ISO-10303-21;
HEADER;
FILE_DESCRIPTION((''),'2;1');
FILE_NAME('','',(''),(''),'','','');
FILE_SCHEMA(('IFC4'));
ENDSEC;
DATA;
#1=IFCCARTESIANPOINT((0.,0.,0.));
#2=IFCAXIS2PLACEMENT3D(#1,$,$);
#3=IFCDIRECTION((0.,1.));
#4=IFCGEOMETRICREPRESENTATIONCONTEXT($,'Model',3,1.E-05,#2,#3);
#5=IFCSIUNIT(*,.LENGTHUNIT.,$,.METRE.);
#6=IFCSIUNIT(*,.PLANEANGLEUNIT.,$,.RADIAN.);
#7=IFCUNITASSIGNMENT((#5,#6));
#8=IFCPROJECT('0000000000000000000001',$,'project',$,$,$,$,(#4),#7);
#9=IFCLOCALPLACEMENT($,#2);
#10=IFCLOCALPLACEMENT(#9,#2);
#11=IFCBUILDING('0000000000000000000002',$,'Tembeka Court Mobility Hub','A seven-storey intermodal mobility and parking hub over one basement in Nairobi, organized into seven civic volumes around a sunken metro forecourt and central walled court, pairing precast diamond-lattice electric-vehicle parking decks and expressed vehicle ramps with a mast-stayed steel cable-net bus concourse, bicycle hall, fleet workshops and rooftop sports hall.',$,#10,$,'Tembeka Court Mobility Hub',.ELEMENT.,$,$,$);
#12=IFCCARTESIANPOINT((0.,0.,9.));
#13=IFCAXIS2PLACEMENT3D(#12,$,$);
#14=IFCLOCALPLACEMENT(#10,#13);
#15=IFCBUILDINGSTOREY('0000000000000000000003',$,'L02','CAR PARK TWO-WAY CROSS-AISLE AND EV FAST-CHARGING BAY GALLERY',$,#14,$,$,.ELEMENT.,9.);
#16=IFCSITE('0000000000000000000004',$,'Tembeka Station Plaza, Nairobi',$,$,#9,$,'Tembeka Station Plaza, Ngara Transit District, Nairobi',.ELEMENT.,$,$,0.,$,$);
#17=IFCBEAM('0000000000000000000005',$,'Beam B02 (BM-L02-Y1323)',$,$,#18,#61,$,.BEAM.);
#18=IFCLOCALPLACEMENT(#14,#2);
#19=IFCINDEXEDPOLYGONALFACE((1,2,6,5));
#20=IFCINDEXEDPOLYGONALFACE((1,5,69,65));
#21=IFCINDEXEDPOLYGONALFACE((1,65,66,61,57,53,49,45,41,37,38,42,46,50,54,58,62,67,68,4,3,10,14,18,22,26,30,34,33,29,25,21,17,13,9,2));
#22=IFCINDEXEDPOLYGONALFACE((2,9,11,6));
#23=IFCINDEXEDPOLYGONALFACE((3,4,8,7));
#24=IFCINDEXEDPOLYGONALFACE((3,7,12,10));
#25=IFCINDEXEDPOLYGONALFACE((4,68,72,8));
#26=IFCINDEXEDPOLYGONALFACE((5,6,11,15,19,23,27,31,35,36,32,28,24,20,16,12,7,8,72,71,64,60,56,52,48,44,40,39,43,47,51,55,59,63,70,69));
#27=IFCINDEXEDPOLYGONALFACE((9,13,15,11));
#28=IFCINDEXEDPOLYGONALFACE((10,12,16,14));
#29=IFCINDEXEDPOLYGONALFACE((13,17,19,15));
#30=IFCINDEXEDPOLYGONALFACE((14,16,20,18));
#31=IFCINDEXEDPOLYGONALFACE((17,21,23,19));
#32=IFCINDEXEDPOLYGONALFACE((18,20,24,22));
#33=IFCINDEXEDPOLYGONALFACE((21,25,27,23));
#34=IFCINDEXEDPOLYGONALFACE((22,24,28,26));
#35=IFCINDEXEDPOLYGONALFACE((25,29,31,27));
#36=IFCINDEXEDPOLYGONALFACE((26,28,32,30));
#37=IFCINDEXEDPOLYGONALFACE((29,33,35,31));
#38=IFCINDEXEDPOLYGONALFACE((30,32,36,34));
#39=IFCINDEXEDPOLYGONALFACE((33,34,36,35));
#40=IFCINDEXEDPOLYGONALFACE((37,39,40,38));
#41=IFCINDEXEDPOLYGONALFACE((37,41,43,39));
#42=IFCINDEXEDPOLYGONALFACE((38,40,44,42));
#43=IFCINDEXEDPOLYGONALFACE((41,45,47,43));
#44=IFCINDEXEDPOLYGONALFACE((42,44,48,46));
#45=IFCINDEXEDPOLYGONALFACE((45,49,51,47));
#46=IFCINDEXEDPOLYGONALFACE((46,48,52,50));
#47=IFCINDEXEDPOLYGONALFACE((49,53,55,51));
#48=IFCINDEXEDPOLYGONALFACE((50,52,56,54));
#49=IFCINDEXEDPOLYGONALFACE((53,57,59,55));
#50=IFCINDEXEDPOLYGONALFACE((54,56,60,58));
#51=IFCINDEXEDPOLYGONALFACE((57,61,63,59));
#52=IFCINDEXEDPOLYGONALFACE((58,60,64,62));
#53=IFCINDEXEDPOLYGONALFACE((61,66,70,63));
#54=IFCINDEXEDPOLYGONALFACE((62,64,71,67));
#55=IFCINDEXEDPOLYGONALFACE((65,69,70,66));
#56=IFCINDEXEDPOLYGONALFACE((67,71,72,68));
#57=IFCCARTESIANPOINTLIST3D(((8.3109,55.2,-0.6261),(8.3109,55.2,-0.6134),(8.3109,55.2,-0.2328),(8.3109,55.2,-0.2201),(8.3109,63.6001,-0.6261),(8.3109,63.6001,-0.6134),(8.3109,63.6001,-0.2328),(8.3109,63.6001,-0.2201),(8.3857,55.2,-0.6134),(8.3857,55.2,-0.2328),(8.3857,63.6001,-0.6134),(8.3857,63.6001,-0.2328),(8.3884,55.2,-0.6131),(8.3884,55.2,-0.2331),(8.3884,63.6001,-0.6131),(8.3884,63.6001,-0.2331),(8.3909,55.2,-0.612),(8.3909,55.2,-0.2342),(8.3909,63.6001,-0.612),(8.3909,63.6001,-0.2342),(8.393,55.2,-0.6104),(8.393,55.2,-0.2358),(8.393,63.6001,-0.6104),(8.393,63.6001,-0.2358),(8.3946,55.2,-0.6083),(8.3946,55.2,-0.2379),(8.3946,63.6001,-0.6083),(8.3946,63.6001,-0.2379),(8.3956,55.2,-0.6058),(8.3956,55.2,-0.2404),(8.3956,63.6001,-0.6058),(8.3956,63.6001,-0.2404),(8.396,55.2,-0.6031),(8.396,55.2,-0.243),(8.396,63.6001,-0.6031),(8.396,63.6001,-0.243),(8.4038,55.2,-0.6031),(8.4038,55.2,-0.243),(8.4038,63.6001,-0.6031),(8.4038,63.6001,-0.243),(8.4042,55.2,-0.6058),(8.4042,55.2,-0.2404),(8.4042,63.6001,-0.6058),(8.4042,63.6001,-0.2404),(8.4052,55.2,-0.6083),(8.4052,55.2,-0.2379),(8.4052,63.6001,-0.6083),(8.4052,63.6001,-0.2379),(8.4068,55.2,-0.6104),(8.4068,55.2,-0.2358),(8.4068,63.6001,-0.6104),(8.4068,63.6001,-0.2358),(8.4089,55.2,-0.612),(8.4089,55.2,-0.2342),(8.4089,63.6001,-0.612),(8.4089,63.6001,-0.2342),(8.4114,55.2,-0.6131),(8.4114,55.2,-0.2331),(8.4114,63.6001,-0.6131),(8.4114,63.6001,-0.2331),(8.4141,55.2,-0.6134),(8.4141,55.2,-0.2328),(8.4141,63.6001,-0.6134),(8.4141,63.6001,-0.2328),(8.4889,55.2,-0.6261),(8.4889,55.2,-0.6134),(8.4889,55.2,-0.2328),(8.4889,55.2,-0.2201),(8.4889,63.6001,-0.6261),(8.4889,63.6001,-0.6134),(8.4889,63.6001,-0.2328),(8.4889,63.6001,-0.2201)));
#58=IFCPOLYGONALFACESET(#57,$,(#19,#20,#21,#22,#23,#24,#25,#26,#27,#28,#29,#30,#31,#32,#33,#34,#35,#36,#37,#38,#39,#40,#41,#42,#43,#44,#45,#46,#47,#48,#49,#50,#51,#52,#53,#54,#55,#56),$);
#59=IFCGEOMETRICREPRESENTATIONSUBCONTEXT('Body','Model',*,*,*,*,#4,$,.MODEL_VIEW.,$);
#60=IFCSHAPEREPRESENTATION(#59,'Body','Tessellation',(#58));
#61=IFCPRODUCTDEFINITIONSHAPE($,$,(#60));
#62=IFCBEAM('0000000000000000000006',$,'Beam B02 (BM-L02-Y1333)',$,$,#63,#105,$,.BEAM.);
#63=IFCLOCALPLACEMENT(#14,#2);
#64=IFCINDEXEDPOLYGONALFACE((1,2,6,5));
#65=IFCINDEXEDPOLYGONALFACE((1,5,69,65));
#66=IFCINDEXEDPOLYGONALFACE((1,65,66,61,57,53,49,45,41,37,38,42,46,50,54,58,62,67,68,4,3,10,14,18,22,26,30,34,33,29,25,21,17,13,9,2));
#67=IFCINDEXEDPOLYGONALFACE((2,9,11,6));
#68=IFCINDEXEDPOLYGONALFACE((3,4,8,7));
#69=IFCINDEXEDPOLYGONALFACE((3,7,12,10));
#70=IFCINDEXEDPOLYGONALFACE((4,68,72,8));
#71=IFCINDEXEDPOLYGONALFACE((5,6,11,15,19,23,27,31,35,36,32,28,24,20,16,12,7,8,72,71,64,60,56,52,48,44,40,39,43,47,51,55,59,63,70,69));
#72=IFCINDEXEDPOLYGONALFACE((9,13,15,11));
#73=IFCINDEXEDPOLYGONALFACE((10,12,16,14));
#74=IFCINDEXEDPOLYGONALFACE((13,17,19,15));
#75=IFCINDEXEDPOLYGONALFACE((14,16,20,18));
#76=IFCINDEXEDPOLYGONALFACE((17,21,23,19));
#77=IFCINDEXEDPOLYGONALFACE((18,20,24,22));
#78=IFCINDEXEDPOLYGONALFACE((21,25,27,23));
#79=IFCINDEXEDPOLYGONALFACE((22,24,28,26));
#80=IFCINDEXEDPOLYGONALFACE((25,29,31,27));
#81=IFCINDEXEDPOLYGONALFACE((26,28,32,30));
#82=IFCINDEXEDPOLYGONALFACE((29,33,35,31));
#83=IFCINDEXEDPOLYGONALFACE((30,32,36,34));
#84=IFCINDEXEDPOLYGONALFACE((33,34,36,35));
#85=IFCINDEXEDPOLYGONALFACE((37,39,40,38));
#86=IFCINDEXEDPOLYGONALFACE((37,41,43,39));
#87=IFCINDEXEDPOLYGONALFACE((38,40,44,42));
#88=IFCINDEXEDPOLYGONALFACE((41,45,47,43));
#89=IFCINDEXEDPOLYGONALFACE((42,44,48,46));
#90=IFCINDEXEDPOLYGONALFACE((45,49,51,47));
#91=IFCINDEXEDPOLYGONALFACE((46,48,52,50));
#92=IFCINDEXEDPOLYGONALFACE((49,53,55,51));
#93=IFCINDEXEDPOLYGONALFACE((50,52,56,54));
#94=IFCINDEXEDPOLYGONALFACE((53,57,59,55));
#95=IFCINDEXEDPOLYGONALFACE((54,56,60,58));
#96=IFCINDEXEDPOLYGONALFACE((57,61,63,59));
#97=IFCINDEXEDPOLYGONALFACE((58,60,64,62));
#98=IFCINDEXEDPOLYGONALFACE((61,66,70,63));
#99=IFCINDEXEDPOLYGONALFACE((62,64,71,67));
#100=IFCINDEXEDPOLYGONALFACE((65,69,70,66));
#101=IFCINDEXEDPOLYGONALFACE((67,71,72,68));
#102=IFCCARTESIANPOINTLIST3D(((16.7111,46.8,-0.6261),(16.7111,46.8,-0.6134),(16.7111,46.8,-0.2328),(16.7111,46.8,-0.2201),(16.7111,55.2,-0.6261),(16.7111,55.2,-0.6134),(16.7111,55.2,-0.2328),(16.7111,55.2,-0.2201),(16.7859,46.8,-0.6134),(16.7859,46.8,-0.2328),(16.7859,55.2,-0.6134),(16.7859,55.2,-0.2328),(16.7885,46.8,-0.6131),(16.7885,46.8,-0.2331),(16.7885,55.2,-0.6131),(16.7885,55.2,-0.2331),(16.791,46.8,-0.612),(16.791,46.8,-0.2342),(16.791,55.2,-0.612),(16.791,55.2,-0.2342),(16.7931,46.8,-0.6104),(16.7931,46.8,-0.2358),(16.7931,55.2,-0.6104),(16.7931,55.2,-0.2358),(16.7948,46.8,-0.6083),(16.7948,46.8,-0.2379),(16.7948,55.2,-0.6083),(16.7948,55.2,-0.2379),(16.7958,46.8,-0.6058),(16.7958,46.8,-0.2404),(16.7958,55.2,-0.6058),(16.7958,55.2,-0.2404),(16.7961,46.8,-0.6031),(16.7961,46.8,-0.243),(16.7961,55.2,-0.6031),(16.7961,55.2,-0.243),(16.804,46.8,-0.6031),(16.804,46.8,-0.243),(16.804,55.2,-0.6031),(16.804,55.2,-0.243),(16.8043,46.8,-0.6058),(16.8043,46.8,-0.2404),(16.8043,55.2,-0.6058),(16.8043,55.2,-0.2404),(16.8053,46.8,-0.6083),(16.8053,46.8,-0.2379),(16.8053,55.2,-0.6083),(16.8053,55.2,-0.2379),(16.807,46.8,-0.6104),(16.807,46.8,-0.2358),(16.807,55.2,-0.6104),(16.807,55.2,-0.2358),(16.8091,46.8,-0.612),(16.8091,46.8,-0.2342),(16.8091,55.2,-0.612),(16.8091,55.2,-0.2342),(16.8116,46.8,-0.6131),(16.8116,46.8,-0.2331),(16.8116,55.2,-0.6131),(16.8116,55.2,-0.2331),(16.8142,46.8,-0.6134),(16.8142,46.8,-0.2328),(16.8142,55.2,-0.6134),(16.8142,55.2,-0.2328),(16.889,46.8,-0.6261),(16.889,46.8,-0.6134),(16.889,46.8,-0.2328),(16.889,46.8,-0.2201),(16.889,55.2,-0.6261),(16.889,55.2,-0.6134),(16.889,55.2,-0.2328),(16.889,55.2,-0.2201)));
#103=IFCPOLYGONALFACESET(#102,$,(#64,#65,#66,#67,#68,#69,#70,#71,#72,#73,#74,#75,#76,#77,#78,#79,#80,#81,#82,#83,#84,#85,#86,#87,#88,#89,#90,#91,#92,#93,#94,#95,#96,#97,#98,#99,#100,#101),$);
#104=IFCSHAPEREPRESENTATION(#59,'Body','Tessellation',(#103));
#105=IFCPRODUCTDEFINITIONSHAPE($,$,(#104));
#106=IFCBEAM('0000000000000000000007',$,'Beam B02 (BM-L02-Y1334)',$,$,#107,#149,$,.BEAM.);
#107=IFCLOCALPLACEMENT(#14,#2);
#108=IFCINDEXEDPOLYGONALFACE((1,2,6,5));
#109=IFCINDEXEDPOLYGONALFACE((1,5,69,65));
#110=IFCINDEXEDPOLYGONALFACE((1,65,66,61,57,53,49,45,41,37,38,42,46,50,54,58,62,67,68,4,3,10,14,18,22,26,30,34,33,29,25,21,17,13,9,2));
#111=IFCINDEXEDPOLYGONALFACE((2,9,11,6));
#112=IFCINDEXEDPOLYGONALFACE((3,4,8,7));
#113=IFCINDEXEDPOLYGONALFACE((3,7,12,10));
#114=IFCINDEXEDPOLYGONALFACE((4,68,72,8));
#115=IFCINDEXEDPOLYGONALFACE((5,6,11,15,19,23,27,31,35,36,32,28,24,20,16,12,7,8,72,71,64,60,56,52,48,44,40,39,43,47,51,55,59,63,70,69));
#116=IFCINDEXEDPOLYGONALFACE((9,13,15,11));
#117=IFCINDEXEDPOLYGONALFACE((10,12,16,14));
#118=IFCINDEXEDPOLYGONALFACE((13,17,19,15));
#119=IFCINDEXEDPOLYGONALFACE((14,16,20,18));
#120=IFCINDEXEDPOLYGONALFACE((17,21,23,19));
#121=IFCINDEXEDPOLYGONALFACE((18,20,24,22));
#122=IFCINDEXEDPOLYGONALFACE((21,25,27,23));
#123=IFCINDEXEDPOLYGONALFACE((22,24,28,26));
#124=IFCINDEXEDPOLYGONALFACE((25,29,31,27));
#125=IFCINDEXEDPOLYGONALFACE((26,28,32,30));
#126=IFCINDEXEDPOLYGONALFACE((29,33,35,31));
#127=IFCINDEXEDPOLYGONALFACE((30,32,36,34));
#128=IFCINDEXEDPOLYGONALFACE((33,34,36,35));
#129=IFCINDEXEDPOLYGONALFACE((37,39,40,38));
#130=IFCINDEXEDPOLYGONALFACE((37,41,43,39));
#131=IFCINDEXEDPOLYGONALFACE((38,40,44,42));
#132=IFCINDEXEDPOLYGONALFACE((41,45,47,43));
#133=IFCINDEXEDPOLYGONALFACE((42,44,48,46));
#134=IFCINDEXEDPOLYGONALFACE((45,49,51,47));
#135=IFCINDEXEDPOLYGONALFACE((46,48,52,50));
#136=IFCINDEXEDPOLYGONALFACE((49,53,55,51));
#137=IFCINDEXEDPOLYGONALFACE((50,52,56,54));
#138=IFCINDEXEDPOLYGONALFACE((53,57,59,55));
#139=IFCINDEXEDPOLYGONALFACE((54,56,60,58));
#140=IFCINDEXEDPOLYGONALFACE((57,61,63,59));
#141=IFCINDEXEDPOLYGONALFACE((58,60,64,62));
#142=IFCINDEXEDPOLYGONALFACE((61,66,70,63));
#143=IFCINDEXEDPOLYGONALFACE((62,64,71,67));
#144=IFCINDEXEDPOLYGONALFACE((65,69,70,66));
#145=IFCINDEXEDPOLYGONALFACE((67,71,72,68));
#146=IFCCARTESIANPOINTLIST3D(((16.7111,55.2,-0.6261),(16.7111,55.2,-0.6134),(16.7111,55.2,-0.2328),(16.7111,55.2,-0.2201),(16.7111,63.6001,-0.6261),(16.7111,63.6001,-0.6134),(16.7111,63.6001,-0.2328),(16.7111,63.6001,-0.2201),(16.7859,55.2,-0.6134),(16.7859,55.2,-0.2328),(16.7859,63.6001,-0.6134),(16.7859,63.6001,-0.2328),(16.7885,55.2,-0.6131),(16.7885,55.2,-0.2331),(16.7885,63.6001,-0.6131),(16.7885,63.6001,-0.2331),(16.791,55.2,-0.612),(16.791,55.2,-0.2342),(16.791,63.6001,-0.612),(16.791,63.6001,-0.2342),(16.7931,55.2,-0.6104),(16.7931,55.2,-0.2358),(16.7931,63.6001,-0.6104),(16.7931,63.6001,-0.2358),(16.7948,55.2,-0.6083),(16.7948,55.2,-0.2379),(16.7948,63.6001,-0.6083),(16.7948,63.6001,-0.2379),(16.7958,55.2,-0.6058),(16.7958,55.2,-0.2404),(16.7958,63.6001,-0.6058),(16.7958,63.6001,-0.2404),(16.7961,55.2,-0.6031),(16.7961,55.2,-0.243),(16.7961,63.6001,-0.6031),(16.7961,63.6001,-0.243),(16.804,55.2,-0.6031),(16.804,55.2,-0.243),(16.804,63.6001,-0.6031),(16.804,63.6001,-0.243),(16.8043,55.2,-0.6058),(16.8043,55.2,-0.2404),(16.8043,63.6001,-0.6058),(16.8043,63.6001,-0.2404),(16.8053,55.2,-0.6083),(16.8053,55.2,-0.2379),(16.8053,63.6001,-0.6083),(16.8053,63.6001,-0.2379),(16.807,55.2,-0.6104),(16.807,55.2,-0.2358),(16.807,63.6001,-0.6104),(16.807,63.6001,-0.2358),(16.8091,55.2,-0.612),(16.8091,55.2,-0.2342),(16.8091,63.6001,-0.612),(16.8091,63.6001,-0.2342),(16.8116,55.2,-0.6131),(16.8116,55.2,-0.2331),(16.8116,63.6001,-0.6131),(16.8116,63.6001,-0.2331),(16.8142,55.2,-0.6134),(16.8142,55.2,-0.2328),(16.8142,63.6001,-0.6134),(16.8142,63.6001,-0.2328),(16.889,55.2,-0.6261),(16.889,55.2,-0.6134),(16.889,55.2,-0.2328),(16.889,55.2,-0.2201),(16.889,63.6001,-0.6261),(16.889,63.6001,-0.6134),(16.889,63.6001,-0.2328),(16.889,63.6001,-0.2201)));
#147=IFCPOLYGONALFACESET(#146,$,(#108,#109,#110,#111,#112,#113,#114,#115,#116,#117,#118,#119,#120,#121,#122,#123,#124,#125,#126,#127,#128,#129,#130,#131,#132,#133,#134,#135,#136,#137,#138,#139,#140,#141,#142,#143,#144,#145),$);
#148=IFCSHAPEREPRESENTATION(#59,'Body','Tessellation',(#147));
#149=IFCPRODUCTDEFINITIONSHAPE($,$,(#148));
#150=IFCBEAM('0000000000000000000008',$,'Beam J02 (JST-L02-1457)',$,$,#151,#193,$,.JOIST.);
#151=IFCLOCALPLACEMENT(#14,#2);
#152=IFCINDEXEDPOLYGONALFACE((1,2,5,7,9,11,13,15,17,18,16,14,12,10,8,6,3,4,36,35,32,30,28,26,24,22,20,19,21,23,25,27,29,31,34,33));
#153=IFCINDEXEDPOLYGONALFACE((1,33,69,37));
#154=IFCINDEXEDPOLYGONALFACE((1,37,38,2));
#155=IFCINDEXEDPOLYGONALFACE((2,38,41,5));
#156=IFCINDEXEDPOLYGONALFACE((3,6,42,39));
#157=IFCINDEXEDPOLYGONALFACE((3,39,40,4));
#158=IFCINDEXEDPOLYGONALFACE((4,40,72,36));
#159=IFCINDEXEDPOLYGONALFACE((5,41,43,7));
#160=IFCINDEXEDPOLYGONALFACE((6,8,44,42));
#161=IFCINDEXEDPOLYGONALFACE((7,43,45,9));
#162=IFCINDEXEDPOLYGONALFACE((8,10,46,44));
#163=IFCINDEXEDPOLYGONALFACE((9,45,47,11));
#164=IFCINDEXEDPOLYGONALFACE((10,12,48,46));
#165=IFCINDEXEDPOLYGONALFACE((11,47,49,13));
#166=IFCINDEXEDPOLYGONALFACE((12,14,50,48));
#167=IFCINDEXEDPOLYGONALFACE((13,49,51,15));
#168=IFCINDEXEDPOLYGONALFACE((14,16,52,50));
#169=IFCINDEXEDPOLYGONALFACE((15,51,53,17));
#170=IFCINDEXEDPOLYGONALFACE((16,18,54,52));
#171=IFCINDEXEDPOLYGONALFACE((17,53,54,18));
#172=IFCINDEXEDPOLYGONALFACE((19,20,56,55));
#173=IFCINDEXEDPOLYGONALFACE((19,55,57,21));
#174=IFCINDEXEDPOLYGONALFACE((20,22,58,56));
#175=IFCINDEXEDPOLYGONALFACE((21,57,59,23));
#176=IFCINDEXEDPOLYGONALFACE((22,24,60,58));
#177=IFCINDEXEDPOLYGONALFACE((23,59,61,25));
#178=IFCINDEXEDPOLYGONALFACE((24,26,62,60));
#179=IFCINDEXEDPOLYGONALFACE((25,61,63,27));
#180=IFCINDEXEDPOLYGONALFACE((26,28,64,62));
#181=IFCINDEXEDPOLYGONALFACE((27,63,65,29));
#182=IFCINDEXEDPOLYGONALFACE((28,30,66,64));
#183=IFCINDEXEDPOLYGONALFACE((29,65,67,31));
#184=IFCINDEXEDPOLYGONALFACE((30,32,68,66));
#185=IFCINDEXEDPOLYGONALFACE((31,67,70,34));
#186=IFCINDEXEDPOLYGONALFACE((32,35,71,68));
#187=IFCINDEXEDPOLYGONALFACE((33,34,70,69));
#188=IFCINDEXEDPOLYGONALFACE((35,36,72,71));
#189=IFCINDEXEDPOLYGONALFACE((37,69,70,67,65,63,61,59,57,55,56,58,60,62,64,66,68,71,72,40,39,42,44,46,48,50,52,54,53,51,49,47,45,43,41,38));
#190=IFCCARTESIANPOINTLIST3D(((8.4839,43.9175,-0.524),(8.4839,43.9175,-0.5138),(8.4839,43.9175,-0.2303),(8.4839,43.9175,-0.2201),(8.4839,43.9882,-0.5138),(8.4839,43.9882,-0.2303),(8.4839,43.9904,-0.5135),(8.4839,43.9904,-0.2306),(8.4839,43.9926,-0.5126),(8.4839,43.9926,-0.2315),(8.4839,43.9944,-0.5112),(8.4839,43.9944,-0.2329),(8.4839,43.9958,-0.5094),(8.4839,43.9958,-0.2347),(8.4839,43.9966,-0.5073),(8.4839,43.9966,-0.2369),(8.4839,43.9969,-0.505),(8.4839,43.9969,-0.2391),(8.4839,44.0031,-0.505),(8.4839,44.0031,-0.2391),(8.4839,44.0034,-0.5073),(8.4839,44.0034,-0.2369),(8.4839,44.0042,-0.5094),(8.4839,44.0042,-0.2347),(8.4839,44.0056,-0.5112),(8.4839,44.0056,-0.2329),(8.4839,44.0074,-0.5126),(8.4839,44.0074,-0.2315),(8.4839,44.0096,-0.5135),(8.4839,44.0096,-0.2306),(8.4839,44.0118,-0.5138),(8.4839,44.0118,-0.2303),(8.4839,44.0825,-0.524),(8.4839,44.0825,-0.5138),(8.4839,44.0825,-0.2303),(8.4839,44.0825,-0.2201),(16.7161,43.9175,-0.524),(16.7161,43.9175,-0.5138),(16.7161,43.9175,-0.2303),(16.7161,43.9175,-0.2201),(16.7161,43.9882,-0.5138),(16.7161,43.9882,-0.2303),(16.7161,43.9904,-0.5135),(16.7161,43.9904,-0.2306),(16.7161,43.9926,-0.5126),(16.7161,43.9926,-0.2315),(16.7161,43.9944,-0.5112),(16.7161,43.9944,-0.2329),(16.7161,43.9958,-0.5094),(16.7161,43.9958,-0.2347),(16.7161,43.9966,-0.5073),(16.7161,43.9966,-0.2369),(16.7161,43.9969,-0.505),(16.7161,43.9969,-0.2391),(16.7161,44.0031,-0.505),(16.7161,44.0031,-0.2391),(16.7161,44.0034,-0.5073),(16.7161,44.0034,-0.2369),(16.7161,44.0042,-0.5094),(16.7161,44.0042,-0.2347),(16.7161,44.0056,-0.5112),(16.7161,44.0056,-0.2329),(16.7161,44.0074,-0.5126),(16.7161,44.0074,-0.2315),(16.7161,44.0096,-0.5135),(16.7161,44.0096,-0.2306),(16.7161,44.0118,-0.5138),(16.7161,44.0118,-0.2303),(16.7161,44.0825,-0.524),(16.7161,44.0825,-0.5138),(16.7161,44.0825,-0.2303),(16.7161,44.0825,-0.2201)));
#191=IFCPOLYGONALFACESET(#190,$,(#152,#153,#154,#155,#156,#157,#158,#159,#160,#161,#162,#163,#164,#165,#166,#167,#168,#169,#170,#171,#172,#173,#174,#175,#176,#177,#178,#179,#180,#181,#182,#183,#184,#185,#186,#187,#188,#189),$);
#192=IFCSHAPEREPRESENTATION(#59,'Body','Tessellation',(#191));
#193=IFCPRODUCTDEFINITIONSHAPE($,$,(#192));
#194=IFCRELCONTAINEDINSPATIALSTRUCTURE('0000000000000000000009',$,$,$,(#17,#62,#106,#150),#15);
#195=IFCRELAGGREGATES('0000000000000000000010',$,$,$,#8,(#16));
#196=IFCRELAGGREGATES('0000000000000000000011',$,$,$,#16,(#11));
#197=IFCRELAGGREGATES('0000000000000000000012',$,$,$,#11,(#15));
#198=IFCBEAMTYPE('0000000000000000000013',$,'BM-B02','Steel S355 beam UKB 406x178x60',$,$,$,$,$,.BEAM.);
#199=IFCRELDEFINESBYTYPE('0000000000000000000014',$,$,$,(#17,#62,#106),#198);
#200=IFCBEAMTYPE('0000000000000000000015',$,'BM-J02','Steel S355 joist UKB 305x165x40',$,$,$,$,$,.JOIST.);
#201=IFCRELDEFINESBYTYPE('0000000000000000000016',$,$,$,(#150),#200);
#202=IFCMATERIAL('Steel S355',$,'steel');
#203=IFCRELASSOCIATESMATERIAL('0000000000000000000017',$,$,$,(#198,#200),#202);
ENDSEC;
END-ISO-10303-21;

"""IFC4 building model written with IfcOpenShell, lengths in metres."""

from ifc_helpers import new_model, si_unit, direction, frame, origin, origin_2d, place, context, subcontext, project, spatial, i_section, extrude, material, material_profile, profile_set, type_object, element, save


model = new_model("IFC4")

# Units and contexts
model_context = context("Model", 3, precision=1e-05, world=origin(), true_north=direction((0.0, 1.0)))
body_context = subcontext(model_context, "Body", "Model", "MODEL_VIEW")
ifc_project = project(units=[si_unit("LENGTHUNIT", "METRE"), si_unit("PLANEANGLEUNIT", "RADIAN")], contexts=[model_context])

# Site, building, storey
site_placement = place(None, origin())
site = spatial("IfcSite", under=ifc_project, at=site_placement, Name="Tembeka Station Plaza, Nairobi", LongName="Tembeka Station Plaza, Ngara Transit District, Nairobi", CompositionType="ELEMENT", RefElevation=0.0)
building_placement = place(site_placement, origin())
building = spatial("IfcBuilding", under=site, at=building_placement, Name="Tembeka Court Mobility Hub", Description="A seven-storey intermodal mobility and parking hub over one basement in Nairobi, organized into seven civic volumes around a sunken metro forecourt and central walled court, pairing precast diamond-lattice electric-vehicle parking decks and expressed vehicle ramps with a mast-stayed steel cable-net bus concourse, bicycle hall, fleet workshops and rooftop sports hall.", LongName="Tembeka Court Mobility Hub", CompositionType="ELEMENT")
storey_placement = place(building_placement, frame((0.0, 0.0, 9.0)))
storey = spatial("IfcBuildingStorey", under=building, at=storey_placement, Name="L02", Description="CAR PARK TWO-WAY CROSS-AISLE AND EV FAST-CHARGING BAY GALLERY", CompositionType="ELEMENT", Elevation=9.0)

# Shared definitions
ifc_material_1 = material(Name="Steel S355", Category="steel")

# Beams
ifc_material_profile_1 = material_profile(ifc_material_1, i_section(OverallWidth=0.178, OverallDepth=0.406, WebThickness=0.0078, FlangeThickness=0.0127, FilletRadius=0.0103, at=origin_2d()), Name="UKB 406x178x60")
ifc_profile_set_1 = profile_set([ifc_material_profile_1], Name="Steel S355")
beam_type_1 = type_object("IfcBeamType", Name="BM-B02", Description="Steel S355 beam UKB 406x178x60", PredefinedType="BEAM", material=ifc_profile_set_1)
beam_1_placement = place(storey_placement, frame((8.3999, 55.2, -0.4231), z_axis=(0.0, 1.0, 0.0), x_axis=(-1.0, 0.0, 0.0)))
element("IfcBeam", 1, at=beam_1_placement, inside=storey, type_object=beam_type_1, Name="Beam B02 (BM-L02-Y1323)", PredefinedType="BEAM", context=body_context, shape_type="SweptSolid", body=[
    extrude(i_section(OverallWidth=0.178, OverallDepth=0.406, WebThickness=0.0078, FlangeThickness=0.0127, FilletRadius=0.0103, at=origin_2d()), origin(), (0.0, 0.0, 1.0), 8.4001),
])
beam_2_placement = place(storey_placement, frame((16.8, 46.8, -0.4231), z_axis=(0.0, 1.0, 0.0), x_axis=(-1.0, 0.0, 0.0)))
element("IfcBeam", 2, at=beam_2_placement, inside=storey, type_object=beam_type_1, Name="Beam B02 (BM-L02-Y1333)", PredefinedType="BEAM", context=body_context, shape_type="SweptSolid", body=[
    extrude(i_section(OverallWidth=0.178, OverallDepth=0.406, WebThickness=0.0078, FlangeThickness=0.0127, FilletRadius=0.0103, at=origin_2d()), origin(), (0.0, 0.0, 1.0), 8.3999),
])
beam_3_placement = place(storey_placement, frame((16.8, 55.2, -0.4231), z_axis=(0.0, 1.0, 0.0), x_axis=(-1.0, 0.0, 0.0)))
element("IfcBeam", 3, at=beam_3_placement, inside=storey, type_object=beam_type_1, Name="Beam B02 (BM-L02-Y1334)", PredefinedType="BEAM", context=body_context, shape_type="SweptSolid", body=[
    extrude(i_section(OverallWidth=0.178, OverallDepth=0.406, WebThickness=0.0078, FlangeThickness=0.0127, FilletRadius=0.0103, at=origin_2d()), origin(), (0.0, 0.0, 1.0), 8.4001),
])
ifc_material_profile_2 = material_profile(ifc_material_1, i_section(OverallWidth=0.165, OverallDepth=0.304, WebThickness=0.0061, FlangeThickness=0.0103, FilletRadius=0.0088, at=origin_2d()), Name="UKB 305x165x40")
ifc_profile_set_2 = profile_set([ifc_material_profile_2], Name="Steel S355")
beam_type_2 = type_object("IfcBeamType", Name="BM-J02", Description="Steel S355 joist UKB 305x165x40", PredefinedType="JOIST", material=ifc_profile_set_2)
for number, where, z_axis, x_axis, name in (
    (4, (8.4839, 44.0, -0.3721), (1.0, 0.0, 0.0), (0.0, 1.0, 0.0), "Beam J02 (JST-L02-1457)"),
):
    element("IfcBeam", number, at=place(storey_placement, frame(where, z_axis=z_axis, x_axis=x_axis)), inside=storey, type_object=beam_type_2, Name=name, PredefinedType="JOIST", context=body_context, shape_type="SweptSolid", body=[
        extrude(i_section(OverallWidth=0.165, OverallDepth=0.304, WebThickness=0.0061, FlangeThickness=0.0103, FilletRadius=0.0088, at=origin_2d()), origin(), (0.0, 0.0, 1.0), 8.2322),
    ])

save(model, "model.ifc")
